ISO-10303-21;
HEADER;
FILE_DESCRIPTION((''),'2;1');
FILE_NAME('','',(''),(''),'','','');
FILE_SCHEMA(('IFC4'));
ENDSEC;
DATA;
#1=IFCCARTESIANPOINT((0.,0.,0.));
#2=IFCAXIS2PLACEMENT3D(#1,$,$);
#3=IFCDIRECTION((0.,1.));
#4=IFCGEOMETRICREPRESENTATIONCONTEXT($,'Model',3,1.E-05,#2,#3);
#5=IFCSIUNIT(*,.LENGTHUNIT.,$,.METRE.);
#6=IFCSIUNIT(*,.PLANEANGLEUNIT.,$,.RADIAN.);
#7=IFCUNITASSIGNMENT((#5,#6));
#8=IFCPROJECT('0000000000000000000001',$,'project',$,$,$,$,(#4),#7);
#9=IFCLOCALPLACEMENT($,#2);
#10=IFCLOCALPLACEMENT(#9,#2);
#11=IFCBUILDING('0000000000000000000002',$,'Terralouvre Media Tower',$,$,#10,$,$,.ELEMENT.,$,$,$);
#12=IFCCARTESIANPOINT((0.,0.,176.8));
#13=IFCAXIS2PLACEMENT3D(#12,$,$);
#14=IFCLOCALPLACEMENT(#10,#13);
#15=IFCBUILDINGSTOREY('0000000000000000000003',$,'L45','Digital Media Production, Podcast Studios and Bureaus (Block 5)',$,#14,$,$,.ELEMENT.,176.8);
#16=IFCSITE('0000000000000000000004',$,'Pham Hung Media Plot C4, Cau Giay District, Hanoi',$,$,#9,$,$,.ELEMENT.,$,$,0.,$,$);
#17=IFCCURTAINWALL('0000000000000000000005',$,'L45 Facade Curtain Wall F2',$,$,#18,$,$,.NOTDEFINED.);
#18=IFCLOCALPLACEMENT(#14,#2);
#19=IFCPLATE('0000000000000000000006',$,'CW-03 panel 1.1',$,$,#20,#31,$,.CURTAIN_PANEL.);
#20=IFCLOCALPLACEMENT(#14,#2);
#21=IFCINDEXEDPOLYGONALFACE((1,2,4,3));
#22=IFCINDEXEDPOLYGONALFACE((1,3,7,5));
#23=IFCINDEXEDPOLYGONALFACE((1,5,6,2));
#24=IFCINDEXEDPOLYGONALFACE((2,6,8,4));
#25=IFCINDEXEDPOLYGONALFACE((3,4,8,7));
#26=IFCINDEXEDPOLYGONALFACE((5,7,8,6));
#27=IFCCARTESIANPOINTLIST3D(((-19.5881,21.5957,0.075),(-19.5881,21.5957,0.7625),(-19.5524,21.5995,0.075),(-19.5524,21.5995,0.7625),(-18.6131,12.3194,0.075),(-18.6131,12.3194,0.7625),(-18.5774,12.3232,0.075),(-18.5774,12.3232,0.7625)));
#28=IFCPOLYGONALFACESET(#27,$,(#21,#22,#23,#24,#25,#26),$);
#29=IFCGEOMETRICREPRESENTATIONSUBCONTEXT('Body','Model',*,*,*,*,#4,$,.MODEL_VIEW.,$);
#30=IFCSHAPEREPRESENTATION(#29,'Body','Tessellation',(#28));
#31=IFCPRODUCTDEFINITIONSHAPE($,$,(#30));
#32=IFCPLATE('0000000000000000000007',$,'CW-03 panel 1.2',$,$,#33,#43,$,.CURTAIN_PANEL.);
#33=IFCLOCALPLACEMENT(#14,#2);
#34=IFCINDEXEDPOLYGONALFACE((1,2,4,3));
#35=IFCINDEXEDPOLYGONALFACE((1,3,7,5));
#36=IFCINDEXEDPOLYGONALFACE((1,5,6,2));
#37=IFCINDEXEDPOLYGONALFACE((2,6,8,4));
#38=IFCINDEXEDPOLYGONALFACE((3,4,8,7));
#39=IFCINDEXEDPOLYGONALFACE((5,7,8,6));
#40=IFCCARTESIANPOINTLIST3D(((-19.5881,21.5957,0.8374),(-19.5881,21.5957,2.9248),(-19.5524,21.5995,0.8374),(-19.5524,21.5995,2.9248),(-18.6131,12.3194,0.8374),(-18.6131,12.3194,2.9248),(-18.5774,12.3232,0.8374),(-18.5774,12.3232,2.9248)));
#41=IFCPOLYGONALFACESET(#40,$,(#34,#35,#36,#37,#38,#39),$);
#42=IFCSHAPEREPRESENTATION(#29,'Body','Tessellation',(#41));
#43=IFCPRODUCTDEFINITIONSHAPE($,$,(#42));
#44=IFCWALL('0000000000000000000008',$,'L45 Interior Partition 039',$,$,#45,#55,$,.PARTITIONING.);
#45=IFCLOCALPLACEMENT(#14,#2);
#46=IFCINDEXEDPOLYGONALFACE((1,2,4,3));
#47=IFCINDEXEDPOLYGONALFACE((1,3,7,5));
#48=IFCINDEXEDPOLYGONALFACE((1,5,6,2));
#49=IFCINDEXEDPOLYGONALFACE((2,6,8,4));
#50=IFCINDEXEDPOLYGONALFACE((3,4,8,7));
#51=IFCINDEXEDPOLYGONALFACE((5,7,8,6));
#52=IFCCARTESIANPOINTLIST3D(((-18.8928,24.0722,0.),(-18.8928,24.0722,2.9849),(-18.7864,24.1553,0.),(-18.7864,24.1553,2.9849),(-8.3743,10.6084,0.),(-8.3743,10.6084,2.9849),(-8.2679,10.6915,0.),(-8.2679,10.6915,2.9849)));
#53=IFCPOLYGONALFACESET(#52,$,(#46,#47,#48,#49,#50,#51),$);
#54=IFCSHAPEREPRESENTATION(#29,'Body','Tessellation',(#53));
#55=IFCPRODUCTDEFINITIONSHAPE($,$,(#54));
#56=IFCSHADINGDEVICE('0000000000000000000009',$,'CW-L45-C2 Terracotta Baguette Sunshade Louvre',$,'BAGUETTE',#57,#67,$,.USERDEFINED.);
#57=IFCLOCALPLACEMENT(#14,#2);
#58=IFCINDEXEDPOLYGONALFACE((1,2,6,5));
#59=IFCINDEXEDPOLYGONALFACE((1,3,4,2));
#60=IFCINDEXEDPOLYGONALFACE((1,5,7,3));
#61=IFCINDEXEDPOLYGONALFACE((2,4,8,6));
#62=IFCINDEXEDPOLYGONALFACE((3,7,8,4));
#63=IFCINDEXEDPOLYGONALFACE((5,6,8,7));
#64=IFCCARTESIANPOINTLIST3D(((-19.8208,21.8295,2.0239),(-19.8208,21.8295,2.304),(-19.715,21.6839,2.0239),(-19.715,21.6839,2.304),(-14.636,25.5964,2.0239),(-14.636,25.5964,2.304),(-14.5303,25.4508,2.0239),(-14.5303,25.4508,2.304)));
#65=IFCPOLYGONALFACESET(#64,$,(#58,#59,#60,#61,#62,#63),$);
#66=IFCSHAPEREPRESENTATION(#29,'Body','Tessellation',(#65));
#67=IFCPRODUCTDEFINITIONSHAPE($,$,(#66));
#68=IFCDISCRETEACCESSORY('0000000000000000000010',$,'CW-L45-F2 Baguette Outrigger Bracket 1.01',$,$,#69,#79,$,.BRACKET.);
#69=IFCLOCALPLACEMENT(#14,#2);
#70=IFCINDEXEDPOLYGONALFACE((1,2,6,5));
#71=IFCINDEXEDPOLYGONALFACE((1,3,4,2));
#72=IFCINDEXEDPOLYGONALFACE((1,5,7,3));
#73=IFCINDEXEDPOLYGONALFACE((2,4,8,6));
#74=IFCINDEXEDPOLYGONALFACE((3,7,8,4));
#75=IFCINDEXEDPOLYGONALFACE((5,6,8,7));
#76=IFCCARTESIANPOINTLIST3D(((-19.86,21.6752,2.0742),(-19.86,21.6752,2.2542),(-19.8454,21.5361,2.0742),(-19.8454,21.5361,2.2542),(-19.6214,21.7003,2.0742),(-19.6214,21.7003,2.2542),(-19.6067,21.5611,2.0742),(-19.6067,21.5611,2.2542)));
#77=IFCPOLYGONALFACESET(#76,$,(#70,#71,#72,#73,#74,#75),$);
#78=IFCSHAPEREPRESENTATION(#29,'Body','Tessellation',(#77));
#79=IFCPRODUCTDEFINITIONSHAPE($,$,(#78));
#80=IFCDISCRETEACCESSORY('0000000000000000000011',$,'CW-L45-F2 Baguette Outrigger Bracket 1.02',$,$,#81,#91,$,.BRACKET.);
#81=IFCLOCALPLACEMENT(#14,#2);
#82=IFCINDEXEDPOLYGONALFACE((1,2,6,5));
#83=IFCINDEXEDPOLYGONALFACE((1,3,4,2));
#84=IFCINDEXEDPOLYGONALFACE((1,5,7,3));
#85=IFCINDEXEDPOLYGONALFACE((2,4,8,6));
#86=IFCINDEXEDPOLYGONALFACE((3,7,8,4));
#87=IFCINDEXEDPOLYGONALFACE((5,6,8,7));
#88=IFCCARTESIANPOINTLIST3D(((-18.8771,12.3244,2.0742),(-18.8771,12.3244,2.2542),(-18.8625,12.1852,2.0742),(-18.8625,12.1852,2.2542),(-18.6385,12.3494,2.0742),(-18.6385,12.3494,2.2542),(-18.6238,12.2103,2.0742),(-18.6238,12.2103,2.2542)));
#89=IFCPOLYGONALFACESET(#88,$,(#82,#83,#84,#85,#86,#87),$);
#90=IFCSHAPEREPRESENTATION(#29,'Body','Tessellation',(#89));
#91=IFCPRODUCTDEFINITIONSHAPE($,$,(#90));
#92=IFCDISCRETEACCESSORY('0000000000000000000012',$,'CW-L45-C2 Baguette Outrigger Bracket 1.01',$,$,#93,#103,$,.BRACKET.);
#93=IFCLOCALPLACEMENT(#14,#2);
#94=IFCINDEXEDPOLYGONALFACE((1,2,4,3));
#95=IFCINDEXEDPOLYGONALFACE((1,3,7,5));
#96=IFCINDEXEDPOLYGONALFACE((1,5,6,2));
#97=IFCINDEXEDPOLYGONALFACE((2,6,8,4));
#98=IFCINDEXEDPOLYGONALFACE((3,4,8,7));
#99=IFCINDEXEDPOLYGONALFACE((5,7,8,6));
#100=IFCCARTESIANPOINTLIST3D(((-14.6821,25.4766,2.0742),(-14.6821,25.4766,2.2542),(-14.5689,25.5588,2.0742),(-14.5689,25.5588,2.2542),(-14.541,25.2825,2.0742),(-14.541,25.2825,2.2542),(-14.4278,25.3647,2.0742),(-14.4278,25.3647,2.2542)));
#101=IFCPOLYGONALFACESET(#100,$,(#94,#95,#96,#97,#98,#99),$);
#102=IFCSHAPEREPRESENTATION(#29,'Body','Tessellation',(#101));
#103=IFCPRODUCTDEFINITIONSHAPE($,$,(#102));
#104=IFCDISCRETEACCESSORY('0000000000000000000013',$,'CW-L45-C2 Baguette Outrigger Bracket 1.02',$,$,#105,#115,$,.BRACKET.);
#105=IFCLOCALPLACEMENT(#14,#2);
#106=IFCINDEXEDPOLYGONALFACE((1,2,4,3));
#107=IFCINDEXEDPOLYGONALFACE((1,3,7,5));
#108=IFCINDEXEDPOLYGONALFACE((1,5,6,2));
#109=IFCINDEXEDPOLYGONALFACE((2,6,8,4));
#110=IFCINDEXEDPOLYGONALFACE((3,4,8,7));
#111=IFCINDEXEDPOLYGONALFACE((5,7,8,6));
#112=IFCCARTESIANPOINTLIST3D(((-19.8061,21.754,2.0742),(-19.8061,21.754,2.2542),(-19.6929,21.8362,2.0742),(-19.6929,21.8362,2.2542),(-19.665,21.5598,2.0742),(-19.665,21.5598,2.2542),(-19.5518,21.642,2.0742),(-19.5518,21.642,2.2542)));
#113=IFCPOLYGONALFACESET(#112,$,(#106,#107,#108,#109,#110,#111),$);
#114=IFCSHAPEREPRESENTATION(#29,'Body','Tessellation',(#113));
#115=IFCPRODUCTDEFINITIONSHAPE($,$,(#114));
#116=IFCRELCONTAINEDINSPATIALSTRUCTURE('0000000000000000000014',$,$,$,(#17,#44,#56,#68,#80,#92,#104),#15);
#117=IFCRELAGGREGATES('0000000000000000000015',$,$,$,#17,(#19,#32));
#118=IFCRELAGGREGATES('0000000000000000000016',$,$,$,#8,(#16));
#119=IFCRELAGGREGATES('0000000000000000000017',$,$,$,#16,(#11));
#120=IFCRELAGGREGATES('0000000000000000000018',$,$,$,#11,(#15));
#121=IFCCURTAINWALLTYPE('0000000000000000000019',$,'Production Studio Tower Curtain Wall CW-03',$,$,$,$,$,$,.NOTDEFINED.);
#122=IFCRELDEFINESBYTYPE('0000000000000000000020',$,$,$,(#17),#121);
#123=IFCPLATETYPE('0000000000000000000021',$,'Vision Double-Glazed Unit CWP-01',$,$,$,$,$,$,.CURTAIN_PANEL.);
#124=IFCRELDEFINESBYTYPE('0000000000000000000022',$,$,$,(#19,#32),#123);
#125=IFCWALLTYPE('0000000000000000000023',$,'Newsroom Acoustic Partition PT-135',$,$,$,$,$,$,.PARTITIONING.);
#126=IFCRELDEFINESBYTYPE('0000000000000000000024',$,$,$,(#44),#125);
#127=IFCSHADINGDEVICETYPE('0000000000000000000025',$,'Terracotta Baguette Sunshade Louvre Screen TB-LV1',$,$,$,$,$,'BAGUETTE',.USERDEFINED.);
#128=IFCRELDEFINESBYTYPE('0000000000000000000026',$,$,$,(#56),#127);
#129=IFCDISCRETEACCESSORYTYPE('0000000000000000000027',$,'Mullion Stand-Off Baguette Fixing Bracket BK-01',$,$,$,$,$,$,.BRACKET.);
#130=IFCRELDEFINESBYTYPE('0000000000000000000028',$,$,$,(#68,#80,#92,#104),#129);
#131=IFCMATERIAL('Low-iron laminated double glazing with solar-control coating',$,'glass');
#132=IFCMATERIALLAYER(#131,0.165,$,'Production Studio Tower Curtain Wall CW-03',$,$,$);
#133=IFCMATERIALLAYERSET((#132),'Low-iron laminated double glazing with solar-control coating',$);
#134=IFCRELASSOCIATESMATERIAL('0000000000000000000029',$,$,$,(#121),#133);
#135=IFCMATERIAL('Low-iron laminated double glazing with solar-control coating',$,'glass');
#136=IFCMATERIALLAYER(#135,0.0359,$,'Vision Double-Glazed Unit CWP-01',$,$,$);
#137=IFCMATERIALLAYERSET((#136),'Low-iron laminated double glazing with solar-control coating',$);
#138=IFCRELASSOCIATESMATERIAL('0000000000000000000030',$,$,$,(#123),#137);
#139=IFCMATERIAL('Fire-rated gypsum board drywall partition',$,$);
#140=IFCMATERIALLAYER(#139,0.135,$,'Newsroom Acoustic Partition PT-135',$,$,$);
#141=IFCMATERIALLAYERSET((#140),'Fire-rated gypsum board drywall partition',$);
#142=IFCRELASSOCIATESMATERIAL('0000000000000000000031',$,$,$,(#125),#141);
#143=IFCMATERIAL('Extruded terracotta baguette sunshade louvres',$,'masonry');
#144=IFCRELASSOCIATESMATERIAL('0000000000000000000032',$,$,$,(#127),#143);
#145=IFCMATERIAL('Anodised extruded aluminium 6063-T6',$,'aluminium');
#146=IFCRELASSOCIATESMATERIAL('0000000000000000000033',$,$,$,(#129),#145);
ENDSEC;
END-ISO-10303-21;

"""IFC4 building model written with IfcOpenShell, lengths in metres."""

from ifc_helpers import new_model, si_unit, direction, frame, frame_2d, origin, origin_2d, place, context, subcontext, project, spatial, rectangle, extrude, material, layer, layer_set, type_object, element, aggregate, save


model = new_model("IFC4")

# Units and contexts
model_context = context("Model", 3, precision=1e-05, world=origin(), true_north=direction((0.0, 1.0)))
body_context = subcontext(model_context, "Body", "Model", "MODEL_VIEW")
ifc_project = project(units=[si_unit("LENGTHUNIT", "METRE"), si_unit("PLANEANGLEUNIT", "RADIAN")], contexts=[model_context])

# Site, building, storey
site_placement = place(None, origin())
site = spatial("IfcSite", under=ifc_project, at=site_placement, Name="Pham Hung Media Plot C4, Cau Giay District, Hanoi", CompositionType="ELEMENT", RefElevation=0.0)
building_placement = place(site_placement, origin())
building = spatial("IfcBuilding", under=site, at=building_placement, Name="Terralouvre Media Tower", CompositionType="ELEMENT")
storey_placement = place(building_placement, frame((0.0, 0.0, 176.8)))
storey = spatial("IfcBuildingStorey", under=building, at=storey_placement, Name="L45", Description="Digital Media Production, Podcast Studios and Bureaus (Block 5)", CompositionType="ELEMENT", Elevation=176.8)

# Curtain wall
ifc_material_1 = material(Name="Low-iron laminated double glazing with solar-control coating", Category="glass")
ifc_layer_1 = layer(ifc_material_1, 0.165, Name="Production Studio Tower Curtain Wall CW-03")
ifc_layer_set_1 = layer_set([ifc_layer_1], Name="Low-iron laminated double glazing with solar-control coating")
curtain_wall_type_1 = type_object("IfcCurtainWallType", Name="Production Studio Tower Curtain Wall CW-03", PredefinedType="NOTDEFINED", material=ifc_layer_set_1)
curtain_wall_1_placement = place(storey_placement, origin())
curtain_wall_1 = element("IfcCurtainWall", 1, at=curtain_wall_1_placement, inside=storey, type_object=curtain_wall_type_1, Name="L45 Facade Curtain Wall F2", PredefinedType="NOTDEFINED")

# Plates
ifc_material_2 = material(Name="Low-iron laminated double glazing with solar-control coating", Category="glass")
ifc_layer_2 = layer(ifc_material_2, 0.0359, Name="Vision Double-Glazed Unit CWP-01")
ifc_layer_set_2 = layer_set([ifc_layer_2], Name="Low-iron laminated double glazing with solar-control coating")
plate_type_1 = type_object("IfcPlateType", Name="Vision Double-Glazed Unit CWP-01", PredefinedType="CURTAIN_PANEL", material=ifc_layer_set_2)
plate_1_placement = place(storey_placement, frame((-19.0828, 16.9595, 0.075), z_axis=(0.0, 0.0, 1.0), x_axis=(0.104528, -0.994522, 0.0)))
plate_1 = element("IfcPlate", 2, at=plate_1_placement, type_object=plate_type_1, Name="CW-03 panel 1.1", PredefinedType="CURTAIN_PANEL", context=body_context, shape_type="SweptSolid", body=[
    extrude(rectangle(XDim=9.3274, YDim=0.0359, at=origin_2d()), origin(), (0.0, 0.0, 1.0), 0.6875),
])
plate_2_placement = place(storey_placement, frame((-19.0828, 16.9595, 0.8374), z_axis=(0.0, 0.0, 1.0), x_axis=(0.104528, -0.994522, 0.0)))
plate_2 = element("IfcPlate", 3, at=plate_2_placement, type_object=plate_type_1, Name="CW-03 panel 1.2", PredefinedType="CURTAIN_PANEL", context=body_context, shape_type="SweptSolid", body=[
    extrude(rectangle(XDim=9.3274, YDim=0.0359, at=origin_2d()), origin(), (0.0, 0.0, 1.0), 2.0874),
])
aggregate(curtain_wall_1, [plate_1, plate_2])

# Wall
ifc_material_3 = material(Name="Fire-rated gypsum board drywall partition")
ifc_layer_3 = layer(ifc_material_3, 0.135, Name="Newsroom Acoustic Partition PT-135")
ifc_layer_set_3 = layer_set([ifc_layer_3], Name="Fire-rated gypsum board drywall partition")
wall_type = type_object("IfcWallType", Name="Newsroom Acoustic Partition PT-135", PredefinedType="PARTITIONING", material=ifc_layer_set_3)
wall_placement = place(storey_placement, frame((-18.8396, 24.1138, 0.0), z_axis=(0.0, 0.0, 1.0), x_axis=(0.615641, -0.788027, 0.0)))
element("IfcWall", 4, at=wall_placement, inside=storey, type_object=wall_type, Name="L45 Interior Partition 039", PredefinedType="PARTITIONING", context=body_context, shape_type="SweptSolid", body=[
    extrude(rectangle(XDim=17.0854, YDim=0.135, at=frame_2d((8.5427, 0.0))), origin(), (0.0, 0.0, 1.0), 2.9849),
])

# Shading device
ifc_material_4 = material(Name="Extruded terracotta baguette sunshade louvres", Category="masonry")
shading_device_type = type_object("IfcShadingDeviceType", Name="Terracotta Baguette Sunshade Louvre Screen TB-LV1", ElementType="BAGUETTE", PredefinedType="USERDEFINED", material=ifc_material_4)
shading_device_placement = place(storey_placement, frame((-17.1755, 23.6401, 2.0239), z_axis=(0.0, 0.0, 1.0), x_axis=(-0.809017, -0.587785, 0.0)))
element("IfcShadingDevice", 5, at=shading_device_placement, inside=storey, type_object=shading_device_type, Name="CW-L45-C2 Terracotta Baguette Sunshade Louvre", ObjectType="BAGUETTE", PredefinedType="USERDEFINED", context=body_context, shape_type="SweptSolid", body=[
    extrude(rectangle(XDim=6.4087, YDim=0.1799, at=origin_2d()), origin(), (0.0, 0.0, 1.0), 0.28),
])

# Discrete accessories
ifc_material_5 = material(Name="Anodised extruded aluminium 6063-T6", Category="aluminium")
discrete_accessory_type = type_object("IfcDiscreteAccessoryType", Name="Mullion Stand-Off Baguette Fixing Bracket BK-01", PredefinedType="BRACKET", material=ifc_material_5)
for number, where, z_axis, x_axis, name in (
    (6, (-19.7334, 21.6182, 2.0742), (0.0, 0.0, 1.0), (0.104528, -0.994522, 0.0), "CW-L45-F2 Baguette Outrigger Bracket 1.01"),
    (7, (-18.7505, 12.2673, 2.0742), (0.0, 0.0, 1.0), (0.104528, -0.994522, 0.0), "CW-L45-F2 Baguette Outrigger Bracket 1.02"),
    (8, (-14.5549, 25.4207, 2.0742), (0.0, 0.0, 1.0), (-0.809017, -0.587785, 0.0), "CW-L45-C2 Baguette Outrigger Bracket 1.01"),
    (9, (-19.679, 21.698, 2.0742), (0.0, 0.0, 1.0), (-0.809017, -0.587785, 0.0), "CW-L45-C2 Baguette Outrigger Bracket 1.02"),
):
    element("IfcDiscreteAccessory", number, at=place(storey_placement, frame(where, z_axis=z_axis, x_axis=x_axis)), inside=storey, type_object=discrete_accessory_type, Name=name, PredefinedType="BRACKET", context=body_context, shape_type="SweptSolid", body=[
        extrude(rectangle(XDim=0.1399, YDim=0.24, at=origin_2d()), origin(), (0.0, 0.0, 1.0), 0.1799),
    ])

save(model, "model.ifc")
